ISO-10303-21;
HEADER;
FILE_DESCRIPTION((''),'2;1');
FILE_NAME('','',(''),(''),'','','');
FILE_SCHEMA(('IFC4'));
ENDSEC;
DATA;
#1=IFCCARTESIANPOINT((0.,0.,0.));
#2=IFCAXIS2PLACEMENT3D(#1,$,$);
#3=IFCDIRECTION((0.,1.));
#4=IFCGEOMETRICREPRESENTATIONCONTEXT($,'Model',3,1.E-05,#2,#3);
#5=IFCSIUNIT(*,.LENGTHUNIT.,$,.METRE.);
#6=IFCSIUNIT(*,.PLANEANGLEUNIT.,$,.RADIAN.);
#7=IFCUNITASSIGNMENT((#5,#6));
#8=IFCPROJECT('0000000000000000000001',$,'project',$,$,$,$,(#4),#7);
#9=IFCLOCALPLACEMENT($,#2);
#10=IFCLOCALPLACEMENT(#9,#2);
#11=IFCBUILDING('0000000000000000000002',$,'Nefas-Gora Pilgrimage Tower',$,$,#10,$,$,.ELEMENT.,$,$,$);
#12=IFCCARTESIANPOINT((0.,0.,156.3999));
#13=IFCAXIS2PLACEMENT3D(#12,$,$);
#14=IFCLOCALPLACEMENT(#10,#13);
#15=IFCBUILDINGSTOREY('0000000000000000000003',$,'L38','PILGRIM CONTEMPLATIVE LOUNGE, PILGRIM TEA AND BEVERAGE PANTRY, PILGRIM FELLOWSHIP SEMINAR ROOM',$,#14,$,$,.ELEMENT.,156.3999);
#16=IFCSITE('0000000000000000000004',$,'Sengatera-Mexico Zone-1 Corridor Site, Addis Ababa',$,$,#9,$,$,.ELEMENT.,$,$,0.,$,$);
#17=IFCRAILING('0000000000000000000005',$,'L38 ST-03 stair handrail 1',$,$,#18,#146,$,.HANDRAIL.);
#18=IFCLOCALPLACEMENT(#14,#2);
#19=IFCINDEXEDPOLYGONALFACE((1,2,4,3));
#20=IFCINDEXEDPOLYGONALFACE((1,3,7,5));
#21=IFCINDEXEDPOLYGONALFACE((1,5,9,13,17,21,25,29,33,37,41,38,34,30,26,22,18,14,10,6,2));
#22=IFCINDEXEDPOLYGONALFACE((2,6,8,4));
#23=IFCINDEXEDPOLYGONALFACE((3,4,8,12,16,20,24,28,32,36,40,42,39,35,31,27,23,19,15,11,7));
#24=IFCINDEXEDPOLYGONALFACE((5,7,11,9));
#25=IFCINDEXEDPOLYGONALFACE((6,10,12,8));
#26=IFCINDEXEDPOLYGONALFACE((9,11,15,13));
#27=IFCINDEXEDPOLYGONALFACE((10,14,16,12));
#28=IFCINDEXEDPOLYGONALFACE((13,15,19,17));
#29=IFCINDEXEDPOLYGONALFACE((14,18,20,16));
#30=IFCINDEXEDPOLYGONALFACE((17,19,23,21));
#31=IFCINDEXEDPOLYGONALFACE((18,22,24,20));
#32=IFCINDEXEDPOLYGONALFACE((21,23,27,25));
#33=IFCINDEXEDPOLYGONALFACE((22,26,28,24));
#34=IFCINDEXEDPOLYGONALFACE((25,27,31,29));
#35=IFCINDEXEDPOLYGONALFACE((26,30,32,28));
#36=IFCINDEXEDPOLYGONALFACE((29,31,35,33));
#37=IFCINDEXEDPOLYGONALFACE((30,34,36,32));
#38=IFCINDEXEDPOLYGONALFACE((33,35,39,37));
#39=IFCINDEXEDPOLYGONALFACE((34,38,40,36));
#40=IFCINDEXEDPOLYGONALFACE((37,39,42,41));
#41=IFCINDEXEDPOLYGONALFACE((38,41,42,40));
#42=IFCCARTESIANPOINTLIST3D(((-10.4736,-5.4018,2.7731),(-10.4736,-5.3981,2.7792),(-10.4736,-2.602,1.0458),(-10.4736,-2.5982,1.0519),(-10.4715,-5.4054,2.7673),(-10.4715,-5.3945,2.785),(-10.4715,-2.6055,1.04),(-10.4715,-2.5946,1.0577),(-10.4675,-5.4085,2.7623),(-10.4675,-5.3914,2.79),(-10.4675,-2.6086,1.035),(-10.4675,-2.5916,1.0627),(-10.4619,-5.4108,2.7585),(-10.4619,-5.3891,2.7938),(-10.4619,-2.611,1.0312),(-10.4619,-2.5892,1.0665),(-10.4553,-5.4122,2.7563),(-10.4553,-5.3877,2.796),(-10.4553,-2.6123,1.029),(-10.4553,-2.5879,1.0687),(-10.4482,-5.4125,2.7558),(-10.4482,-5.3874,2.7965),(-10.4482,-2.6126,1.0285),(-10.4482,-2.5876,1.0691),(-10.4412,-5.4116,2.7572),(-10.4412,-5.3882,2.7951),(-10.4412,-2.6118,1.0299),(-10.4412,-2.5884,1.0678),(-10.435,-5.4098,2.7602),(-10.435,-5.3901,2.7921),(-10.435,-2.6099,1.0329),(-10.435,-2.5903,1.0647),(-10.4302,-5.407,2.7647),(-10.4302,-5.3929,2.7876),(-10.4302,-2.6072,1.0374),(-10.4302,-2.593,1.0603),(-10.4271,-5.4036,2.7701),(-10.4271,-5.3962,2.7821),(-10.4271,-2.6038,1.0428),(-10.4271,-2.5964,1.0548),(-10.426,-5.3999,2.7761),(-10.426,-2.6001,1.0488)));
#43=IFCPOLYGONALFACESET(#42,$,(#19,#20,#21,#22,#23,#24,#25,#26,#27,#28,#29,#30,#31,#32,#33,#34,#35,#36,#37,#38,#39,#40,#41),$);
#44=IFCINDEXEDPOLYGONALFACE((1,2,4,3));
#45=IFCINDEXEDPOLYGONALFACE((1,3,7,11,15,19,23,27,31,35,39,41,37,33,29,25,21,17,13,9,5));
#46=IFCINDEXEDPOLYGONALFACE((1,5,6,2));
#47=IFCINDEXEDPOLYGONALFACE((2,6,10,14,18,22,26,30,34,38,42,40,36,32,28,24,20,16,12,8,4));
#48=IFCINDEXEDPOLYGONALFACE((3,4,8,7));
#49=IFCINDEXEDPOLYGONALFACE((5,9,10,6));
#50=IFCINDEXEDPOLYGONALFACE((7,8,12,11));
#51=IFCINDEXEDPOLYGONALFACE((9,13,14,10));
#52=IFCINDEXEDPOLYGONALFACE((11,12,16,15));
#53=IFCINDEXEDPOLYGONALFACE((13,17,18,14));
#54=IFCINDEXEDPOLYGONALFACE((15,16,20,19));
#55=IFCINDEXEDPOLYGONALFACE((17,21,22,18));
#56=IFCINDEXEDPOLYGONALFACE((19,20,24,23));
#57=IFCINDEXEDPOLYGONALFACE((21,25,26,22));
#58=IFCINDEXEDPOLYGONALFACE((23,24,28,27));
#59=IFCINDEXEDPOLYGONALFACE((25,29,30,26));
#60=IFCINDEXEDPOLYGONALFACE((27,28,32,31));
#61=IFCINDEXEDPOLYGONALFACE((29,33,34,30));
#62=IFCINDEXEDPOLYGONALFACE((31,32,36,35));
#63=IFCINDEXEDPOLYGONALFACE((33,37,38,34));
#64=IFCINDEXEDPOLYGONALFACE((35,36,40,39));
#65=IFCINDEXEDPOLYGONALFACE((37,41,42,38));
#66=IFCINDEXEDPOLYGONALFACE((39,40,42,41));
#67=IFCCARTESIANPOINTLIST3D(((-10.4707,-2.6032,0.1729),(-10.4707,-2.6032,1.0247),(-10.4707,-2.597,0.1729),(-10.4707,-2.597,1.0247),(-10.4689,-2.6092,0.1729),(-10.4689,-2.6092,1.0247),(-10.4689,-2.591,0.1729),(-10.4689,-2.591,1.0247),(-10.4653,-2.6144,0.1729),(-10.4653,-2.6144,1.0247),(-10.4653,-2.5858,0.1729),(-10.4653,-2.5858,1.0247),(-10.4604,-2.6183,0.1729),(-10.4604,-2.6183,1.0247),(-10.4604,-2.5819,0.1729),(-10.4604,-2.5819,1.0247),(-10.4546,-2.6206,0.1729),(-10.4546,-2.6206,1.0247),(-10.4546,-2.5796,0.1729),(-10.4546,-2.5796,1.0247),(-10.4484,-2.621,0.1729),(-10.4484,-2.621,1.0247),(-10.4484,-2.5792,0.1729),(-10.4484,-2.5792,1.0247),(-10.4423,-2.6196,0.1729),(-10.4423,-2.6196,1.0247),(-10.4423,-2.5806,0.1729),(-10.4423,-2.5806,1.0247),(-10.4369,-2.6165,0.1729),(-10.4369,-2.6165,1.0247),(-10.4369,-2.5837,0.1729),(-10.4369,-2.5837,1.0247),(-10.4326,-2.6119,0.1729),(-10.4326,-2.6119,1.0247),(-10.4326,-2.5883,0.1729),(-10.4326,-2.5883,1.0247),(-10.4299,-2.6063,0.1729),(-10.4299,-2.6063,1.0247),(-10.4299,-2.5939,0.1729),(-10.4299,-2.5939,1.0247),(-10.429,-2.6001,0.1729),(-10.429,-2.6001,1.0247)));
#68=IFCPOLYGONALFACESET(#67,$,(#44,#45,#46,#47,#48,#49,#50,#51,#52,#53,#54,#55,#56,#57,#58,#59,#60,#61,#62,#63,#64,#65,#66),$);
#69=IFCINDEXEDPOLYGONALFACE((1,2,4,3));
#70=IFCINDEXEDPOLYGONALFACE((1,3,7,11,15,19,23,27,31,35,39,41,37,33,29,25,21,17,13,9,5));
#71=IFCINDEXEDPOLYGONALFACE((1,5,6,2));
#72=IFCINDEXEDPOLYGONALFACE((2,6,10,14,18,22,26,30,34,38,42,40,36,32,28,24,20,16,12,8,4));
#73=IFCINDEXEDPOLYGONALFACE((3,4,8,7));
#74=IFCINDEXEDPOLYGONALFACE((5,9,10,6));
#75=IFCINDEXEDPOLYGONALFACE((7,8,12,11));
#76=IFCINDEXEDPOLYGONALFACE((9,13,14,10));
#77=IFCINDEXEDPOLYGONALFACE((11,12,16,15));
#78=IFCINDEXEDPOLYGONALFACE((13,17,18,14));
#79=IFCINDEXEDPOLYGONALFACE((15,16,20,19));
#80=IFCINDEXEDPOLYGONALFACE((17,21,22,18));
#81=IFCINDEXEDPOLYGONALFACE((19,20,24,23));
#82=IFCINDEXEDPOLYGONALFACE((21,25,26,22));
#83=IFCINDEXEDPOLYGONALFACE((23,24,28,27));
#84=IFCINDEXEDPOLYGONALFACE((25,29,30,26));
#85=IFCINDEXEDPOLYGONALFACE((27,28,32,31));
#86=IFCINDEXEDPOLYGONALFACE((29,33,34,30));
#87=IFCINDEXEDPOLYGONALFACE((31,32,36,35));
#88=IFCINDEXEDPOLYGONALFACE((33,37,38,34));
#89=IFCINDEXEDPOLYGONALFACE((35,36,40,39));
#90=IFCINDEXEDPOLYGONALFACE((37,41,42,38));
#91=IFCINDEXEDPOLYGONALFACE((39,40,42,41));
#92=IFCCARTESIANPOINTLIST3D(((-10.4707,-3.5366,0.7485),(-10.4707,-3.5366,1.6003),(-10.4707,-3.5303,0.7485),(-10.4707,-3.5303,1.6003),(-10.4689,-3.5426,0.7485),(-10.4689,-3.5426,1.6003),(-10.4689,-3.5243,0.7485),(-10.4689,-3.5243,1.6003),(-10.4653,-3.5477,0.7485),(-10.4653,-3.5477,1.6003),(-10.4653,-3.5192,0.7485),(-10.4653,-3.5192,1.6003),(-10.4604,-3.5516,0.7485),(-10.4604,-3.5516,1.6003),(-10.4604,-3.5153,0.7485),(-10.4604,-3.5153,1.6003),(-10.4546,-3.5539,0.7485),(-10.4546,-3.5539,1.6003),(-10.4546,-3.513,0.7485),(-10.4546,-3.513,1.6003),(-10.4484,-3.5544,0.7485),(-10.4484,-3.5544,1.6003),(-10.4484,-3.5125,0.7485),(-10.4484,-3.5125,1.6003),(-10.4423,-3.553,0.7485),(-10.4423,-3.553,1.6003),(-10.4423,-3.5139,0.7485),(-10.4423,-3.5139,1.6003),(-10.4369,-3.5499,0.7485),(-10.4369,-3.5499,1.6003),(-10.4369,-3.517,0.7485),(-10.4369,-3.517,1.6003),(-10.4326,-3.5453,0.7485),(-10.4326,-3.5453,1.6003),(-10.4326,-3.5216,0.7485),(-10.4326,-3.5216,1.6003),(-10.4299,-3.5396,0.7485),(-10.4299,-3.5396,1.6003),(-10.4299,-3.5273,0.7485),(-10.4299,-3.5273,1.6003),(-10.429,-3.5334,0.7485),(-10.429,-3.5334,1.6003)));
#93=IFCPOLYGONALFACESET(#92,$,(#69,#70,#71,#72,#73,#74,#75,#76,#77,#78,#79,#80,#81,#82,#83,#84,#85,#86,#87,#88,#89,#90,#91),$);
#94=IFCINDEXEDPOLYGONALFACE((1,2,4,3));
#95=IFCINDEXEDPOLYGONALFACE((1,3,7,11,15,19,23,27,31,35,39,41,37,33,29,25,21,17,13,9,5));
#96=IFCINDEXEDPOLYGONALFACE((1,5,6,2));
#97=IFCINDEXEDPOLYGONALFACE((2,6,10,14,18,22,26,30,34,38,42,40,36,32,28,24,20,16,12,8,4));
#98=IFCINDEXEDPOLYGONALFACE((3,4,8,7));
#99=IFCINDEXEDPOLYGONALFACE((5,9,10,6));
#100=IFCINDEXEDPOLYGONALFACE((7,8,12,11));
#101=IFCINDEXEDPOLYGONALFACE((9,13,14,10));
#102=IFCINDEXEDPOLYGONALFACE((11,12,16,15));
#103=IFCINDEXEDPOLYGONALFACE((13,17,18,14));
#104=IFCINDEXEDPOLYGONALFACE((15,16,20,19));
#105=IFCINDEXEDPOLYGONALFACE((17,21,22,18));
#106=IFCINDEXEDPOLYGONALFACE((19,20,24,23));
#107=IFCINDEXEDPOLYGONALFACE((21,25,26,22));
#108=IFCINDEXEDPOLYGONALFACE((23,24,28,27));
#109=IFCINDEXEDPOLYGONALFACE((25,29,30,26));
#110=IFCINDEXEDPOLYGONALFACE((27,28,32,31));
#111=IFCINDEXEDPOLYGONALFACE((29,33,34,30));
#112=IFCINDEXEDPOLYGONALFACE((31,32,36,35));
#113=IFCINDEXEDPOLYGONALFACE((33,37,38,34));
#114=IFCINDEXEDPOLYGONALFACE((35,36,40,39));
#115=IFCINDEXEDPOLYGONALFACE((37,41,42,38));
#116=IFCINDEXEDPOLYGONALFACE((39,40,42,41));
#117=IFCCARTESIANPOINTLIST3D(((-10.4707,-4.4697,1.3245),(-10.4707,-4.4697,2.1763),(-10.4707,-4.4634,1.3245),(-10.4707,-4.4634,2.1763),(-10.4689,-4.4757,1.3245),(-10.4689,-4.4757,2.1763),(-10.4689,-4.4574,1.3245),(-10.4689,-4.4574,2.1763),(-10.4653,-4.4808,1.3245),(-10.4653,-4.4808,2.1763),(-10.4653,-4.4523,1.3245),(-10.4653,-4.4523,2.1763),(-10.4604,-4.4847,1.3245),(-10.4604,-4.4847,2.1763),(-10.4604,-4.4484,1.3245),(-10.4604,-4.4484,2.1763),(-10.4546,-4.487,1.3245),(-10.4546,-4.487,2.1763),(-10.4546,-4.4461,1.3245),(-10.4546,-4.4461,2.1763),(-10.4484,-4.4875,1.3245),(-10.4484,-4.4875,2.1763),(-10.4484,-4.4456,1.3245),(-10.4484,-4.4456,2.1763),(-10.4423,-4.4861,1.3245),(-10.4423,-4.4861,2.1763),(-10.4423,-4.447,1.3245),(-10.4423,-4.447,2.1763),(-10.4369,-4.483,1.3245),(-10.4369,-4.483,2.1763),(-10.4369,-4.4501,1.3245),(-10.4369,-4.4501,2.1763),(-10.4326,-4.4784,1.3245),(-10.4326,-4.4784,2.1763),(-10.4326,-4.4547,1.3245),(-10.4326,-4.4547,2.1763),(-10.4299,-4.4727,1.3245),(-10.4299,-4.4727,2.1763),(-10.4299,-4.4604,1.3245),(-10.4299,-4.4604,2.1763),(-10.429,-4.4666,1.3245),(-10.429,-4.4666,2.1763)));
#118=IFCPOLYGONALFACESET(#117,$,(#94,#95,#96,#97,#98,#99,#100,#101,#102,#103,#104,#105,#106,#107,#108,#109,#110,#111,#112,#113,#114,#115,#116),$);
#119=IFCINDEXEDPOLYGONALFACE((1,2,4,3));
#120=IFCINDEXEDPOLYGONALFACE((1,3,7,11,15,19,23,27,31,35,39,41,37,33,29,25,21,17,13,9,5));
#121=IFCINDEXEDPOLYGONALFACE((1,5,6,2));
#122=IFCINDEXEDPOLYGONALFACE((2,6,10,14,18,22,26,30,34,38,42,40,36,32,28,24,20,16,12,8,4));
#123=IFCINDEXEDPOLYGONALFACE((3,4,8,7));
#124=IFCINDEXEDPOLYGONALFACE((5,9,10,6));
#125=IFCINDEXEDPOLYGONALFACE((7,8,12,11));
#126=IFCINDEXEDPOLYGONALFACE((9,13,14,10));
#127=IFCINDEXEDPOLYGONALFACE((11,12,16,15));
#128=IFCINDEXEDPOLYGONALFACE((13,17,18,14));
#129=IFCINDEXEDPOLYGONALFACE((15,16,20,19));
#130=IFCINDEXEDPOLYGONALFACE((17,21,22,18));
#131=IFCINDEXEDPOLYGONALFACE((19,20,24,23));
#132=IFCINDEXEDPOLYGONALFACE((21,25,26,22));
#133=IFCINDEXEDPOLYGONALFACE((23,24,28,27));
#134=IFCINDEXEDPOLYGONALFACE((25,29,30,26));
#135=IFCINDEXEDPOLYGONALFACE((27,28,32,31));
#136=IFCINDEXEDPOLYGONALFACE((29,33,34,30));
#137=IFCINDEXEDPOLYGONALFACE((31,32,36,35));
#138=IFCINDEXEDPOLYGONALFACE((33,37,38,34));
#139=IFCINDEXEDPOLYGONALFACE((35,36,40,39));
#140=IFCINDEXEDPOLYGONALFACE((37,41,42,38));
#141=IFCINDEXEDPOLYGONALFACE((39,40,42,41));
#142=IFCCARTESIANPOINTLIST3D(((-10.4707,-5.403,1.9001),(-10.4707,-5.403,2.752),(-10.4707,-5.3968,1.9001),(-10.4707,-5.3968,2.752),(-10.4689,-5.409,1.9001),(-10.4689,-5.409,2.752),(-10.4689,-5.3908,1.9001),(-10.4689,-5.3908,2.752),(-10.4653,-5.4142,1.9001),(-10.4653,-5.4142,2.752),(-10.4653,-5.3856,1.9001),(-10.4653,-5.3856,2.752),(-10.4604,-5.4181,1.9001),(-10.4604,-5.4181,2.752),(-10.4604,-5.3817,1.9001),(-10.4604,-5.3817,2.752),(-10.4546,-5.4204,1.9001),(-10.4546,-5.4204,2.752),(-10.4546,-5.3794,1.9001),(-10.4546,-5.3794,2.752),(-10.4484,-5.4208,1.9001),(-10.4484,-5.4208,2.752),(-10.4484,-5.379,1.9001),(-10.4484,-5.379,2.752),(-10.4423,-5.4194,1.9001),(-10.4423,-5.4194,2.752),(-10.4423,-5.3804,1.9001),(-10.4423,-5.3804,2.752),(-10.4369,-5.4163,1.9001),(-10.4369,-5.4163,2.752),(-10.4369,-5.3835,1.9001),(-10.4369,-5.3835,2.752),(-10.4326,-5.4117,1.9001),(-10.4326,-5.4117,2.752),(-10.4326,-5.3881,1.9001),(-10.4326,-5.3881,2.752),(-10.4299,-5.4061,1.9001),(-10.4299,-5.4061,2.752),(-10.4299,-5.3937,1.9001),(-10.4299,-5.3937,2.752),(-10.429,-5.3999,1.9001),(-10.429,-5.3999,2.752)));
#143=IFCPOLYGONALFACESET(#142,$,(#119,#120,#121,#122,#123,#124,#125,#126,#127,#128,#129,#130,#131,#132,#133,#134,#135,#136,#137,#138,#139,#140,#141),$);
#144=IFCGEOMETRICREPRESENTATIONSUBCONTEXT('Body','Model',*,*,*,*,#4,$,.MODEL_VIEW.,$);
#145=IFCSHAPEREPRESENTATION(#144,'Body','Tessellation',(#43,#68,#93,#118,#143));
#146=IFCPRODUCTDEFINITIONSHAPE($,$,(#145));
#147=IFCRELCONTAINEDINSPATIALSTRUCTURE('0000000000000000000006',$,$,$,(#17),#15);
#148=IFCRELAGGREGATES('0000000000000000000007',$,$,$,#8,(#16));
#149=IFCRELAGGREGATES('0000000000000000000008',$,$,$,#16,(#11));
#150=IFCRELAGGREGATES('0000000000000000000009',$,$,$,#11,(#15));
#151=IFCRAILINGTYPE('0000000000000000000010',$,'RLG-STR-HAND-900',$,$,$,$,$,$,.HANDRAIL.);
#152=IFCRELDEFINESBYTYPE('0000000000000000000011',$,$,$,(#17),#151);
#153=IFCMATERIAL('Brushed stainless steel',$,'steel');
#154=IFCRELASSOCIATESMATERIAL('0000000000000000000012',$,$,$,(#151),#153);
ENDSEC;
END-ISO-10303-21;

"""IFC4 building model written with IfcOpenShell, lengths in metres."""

from ifc_helpers import new_model, si_unit, direction, frame, origin, origin_2d, place, context, subcontext, project, spatial, circle, extrude, material, type_object, element, save


model = new_model("IFC4")

# Units and contexts
model_context = context("Model", 3, precision=1e-05, world=origin(), true_north=direction((0.0, 1.0)))
body_context = subcontext(model_context, "Body", "Model", "MODEL_VIEW")
ifc_project = project(units=[si_unit("LENGTHUNIT", "METRE"), si_unit("PLANEANGLEUNIT", "RADIAN")], contexts=[model_context])

# Site, building, storey
site_placement = place(None, origin())
site = spatial("IfcSite", under=ifc_project, at=site_placement, Name="Sengatera-Mexico Zone-1 Corridor Site, Addis Ababa", CompositionType="ELEMENT", RefElevation=0.0)
building_placement = place(site_placement, origin())
building = spatial("IfcBuilding", under=site, at=building_placement, Name="Nefas-Gora Pilgrimage Tower", CompositionType="ELEMENT")
storey_placement = place(building_placement, frame((0.0, 0.0, 156.3999)))
storey = spatial("IfcBuildingStorey", under=building, at=storey_placement, Name="L38", Description="PILGRIM CONTEMPLATIVE LOUNGE, PILGRIM TEA AND BEVERAGE PANTRY, PILGRIM FELLOWSHIP SEMINAR ROOM", CompositionType="ELEMENT", Elevation=156.3999)

# Railing
ifc_material_1 = material(Name="Brushed stainless steel", Category="steel")
railing_type_1 = type_object("IfcRailingType", Name="RLG-STR-HAND-900", PredefinedType="HANDRAIL", material=ifc_material_1)
railing_1_placement = place(storey_placement, frame((-10.45, -2.6001, 0.1729)))
element("IfcRailing", 1, at=railing_1_placement, inside=storey, type_object=railing_type_1, Name="L38 ST-03 stair handrail 1", PredefinedType="HANDRAIL", context=body_context, shape_type="SweptSolid", body=[
    extrude(circle(Radius=0.0239, at=origin_2d()), frame((0.0, 0.0, 0.876), z_axis=(0.0, -0.851069, 0.525054), x_axis=(1.0, 0.0, 0.0)), (0.0, 0.0, 1.0), 3.2898),
    extrude(circle(Radius=0.021, at=origin_2d()), origin(), (0.0, 0.0, 1.0), 0.8518),
    extrude(circle(Radius=0.021, at=origin_2d()), frame((0.0, -0.9333, 0.5757)), (0.0, 0.0, 1.0), 0.8518),
    extrude(circle(Radius=0.021, at=origin_2d()), frame((0.0, -1.8665, 1.1516)), (0.0, 0.0, 1.0), 0.8518),
    extrude(circle(Radius=0.021, at=origin_2d()), frame((0.0, -2.7998, 1.7273)), (0.0, 0.0, 1.0), 0.8518),
])

save(model, "model.ifc")
